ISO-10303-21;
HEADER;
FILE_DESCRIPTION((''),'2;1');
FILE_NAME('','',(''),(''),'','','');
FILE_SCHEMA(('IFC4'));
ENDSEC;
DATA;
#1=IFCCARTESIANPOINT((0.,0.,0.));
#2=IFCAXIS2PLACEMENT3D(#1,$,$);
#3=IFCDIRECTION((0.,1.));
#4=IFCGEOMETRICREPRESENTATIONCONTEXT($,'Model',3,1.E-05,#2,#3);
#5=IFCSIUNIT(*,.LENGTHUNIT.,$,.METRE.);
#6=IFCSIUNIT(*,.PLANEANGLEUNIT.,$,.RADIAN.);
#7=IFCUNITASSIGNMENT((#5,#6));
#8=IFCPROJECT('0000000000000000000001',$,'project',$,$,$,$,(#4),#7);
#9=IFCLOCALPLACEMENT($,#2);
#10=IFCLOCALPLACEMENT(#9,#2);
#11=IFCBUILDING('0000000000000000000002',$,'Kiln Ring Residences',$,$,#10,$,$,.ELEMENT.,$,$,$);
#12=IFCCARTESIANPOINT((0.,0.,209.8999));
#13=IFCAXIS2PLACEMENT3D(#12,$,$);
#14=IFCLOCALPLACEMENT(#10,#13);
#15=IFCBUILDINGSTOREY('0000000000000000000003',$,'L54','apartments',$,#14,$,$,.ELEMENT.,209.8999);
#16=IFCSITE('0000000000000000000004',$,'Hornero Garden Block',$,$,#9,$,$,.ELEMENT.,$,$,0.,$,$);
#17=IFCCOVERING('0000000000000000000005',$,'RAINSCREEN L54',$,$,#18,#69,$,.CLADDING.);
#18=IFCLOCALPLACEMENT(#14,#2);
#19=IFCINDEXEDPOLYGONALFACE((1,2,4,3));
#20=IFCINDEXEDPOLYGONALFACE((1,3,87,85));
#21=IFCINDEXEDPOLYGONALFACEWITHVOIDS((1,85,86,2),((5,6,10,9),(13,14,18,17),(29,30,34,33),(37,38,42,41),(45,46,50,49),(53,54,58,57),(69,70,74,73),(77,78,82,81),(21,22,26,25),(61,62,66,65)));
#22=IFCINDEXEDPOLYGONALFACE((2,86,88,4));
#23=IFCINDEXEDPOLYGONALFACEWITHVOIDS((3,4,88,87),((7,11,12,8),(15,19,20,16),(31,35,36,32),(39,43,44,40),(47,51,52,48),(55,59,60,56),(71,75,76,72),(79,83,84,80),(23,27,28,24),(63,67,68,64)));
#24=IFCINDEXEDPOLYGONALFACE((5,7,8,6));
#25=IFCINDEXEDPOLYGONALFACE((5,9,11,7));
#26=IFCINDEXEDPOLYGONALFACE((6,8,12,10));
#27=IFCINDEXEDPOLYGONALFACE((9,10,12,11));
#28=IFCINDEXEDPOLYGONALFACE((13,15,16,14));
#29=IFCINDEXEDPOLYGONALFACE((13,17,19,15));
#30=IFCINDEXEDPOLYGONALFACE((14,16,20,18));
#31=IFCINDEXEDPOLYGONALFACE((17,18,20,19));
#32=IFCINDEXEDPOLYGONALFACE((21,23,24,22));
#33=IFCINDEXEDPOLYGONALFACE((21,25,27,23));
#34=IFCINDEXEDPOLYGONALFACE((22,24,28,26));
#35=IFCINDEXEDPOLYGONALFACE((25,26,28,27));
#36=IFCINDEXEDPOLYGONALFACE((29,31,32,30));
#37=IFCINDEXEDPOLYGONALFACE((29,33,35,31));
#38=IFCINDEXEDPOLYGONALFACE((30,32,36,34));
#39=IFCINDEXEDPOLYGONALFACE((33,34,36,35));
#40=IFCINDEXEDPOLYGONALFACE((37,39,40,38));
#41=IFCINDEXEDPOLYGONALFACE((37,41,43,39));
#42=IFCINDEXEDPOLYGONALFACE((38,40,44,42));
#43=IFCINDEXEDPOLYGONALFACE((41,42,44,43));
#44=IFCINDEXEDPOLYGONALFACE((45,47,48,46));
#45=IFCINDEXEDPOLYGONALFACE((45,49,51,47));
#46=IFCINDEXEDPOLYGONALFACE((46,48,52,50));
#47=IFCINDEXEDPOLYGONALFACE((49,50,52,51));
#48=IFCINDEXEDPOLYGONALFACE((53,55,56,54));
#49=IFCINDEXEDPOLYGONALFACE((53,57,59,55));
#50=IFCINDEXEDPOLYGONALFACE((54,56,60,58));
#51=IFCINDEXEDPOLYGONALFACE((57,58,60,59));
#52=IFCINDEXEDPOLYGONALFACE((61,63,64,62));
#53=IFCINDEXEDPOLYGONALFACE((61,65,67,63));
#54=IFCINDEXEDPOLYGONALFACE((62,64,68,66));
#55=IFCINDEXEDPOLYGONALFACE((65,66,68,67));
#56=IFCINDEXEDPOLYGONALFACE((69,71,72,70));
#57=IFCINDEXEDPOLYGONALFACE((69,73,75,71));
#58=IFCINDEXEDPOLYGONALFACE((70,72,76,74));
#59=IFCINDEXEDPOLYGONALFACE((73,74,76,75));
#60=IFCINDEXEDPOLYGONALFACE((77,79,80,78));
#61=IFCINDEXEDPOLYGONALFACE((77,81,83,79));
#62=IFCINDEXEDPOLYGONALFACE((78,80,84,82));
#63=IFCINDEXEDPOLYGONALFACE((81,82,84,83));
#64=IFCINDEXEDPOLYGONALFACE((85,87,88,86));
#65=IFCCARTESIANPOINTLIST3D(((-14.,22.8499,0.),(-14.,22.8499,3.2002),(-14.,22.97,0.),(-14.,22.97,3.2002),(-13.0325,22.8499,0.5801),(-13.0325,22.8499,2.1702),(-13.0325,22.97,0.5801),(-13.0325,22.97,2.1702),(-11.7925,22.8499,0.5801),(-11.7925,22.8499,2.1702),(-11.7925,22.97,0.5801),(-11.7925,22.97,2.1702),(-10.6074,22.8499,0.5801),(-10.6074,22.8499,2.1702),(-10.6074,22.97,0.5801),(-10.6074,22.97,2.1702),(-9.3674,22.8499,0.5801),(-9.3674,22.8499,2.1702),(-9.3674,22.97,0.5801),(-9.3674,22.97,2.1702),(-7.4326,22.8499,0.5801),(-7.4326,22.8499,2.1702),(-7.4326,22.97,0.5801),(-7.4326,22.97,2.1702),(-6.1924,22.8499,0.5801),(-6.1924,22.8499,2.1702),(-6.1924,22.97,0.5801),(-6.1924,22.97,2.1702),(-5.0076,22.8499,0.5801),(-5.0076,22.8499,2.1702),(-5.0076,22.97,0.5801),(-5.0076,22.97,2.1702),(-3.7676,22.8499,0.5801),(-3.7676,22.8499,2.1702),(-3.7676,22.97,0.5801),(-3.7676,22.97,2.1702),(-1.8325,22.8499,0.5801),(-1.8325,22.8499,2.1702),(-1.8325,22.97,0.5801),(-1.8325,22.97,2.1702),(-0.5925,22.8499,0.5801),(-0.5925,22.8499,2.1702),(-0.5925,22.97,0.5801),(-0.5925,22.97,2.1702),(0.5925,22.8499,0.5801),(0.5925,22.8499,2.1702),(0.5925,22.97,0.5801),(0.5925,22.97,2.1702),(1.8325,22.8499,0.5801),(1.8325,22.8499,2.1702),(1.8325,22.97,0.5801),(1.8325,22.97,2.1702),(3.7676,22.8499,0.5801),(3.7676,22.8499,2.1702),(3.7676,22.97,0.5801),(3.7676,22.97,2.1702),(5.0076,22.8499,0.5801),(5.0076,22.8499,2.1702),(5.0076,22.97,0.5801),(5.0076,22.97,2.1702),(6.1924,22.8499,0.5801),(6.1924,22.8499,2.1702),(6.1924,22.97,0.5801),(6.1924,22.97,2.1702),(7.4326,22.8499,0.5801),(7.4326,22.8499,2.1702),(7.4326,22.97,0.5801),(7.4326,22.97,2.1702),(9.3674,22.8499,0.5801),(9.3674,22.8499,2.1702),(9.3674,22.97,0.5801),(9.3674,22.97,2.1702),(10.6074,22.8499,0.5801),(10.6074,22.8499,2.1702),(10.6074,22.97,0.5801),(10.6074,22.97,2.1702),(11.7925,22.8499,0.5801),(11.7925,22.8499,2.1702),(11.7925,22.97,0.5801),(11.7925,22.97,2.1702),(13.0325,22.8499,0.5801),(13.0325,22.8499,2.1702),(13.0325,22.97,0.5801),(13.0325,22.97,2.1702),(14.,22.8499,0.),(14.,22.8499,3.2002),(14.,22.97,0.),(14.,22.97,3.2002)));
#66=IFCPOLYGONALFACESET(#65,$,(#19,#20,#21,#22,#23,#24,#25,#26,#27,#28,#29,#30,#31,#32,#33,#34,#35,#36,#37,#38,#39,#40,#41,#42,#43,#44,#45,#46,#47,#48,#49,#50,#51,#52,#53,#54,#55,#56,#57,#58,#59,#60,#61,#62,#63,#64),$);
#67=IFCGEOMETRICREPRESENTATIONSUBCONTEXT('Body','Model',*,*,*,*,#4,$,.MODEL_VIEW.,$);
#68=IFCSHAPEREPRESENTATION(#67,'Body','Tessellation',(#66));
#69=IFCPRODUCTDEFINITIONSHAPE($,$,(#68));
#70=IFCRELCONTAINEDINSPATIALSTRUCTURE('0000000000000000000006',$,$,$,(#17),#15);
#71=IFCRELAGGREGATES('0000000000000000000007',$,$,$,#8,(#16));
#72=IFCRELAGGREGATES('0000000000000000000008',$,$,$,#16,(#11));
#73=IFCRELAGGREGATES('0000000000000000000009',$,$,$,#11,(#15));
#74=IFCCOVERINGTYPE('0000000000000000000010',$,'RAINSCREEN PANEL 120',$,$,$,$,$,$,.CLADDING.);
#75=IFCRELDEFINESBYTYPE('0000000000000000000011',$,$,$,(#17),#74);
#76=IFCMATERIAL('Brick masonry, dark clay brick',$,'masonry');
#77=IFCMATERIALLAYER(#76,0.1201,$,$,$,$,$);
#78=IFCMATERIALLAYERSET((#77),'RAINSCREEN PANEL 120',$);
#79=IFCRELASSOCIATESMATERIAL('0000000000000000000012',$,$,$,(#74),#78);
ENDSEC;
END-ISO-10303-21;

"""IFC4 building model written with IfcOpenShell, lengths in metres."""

from ifc_helpers import new_model, si_unit, direction, frame, origin, place, context, subcontext, project, spatial, polyline, outline, extrude, material, layer, layer_set, type_object, element, save


model = new_model("IFC4")

# Units and contexts
model_context = context("Model", 3, precision=1e-05, world=origin(), true_north=direction((0.0, 1.0)))
body_context = subcontext(model_context, "Body", "Model", "MODEL_VIEW")
ifc_project = project(units=[si_unit("LENGTHUNIT", "METRE"), si_unit("PLANEANGLEUNIT", "RADIAN")], contexts=[model_context])

# Site, building, storey
site_placement = place(None, origin())
site = spatial("IfcSite", under=ifc_project, at=site_placement, Name="Hornero Garden Block", CompositionType="ELEMENT", RefElevation=0.0)
building_placement = place(site_placement, origin())
building = spatial("IfcBuilding", under=site, at=building_placement, Name="Kiln Ring Residences", CompositionType="ELEMENT")
storey_placement = place(building_placement, frame((0.0, 0.0, 209.8999)))
storey = spatial("IfcBuildingStorey", under=building, at=storey_placement, Name="L54", Description="apartments", CompositionType="ELEMENT", Elevation=209.8999)

# Covering
ifc_material_1 = material(Name="Brick masonry, dark clay brick", Category="masonry")
ifc_layer_1 = layer(ifc_material_1, 0.1201)
ifc_layer_set_1 = layer_set([ifc_layer_1], Name="RAINSCREEN PANEL 120")
covering_type = type_object("IfcCoveringType", Name="RAINSCREEN PANEL 120", PredefinedType="CLADDING", material=ifc_layer_set_1)
covering_placement = place(storey_placement, frame((14.0, 22.9099, 0.0), z_axis=(0.0, 0.0, 1.0), x_axis=(-1.0, 0.0, 0.0)))
element("IfcCovering", 1, at=covering_placement, inside=storey, type_object=covering_type, Name="RAINSCREEN L54", PredefinedType="CLADDING", context=body_context, shape_type="SweptSolid", body=[
    extrude(outline(polyline([(0.0, 0.0), (28.0, 0.0), (28.0, 3.2002), (0.0, 3.2002), (0.0, 0.0)]), holes=[polyline([(0.9675, 0.5801), (2.2075, 0.5801), (2.2075, 2.1702), (0.9675, 2.1702), (0.9675, 0.5801)]), polyline([(3.3926, 0.5801), (4.6326, 0.5801), (4.6326, 2.1702), (3.3926, 2.1702), (3.3926, 0.5801)]), polyline([(6.5674, 0.5801), (7.8076, 0.5801), (7.8076, 2.1702), (6.5674, 2.1702), (6.5674, 0.5801)]), polyline([(8.9924, 2.1702), (8.9924, 0.5801), (10.2324, 0.5801), (10.2324, 2.1702), (8.9924, 2.1702)]), polyline([(12.1675, 2.1702), (12.1675, 0.5801), (13.4075, 0.5801), (13.4075, 2.1702), (12.1675, 2.1702)]), polyline([(14.5925, 0.5801), (15.8325, 0.5801), (15.8325, 2.1702), (14.5925, 2.1702), (14.5925, 0.5801)]), polyline([(17.7676, 0.5801), (19.0076, 0.5801), (19.0076, 2.1702), (17.7676, 2.1702), (17.7676, 0.5801)]), polyline([(20.1924, 0.5801), (21.4326, 0.5801), (21.4326, 2.1702), (20.1924, 2.1702), (20.1924, 0.5801)]), polyline([(23.3674, 2.1702), (23.3674, 0.5801), (24.6074, 0.5801), (24.6074, 2.1702), (23.3674, 2.1702)]), polyline([(25.7925, 2.1702), (25.7925, 0.5801), (27.0325, 0.5801), (27.0325, 2.1702), (25.7925, 2.1702)])]), frame((0.0, 0.0601, 0.0), z_axis=(0.0, -1.0, 0.0), x_axis=(1.0, 0.0, 0.0)), (0.0, 0.0, 1.0), 0.1201),
])

save(model, "model.ifc")
